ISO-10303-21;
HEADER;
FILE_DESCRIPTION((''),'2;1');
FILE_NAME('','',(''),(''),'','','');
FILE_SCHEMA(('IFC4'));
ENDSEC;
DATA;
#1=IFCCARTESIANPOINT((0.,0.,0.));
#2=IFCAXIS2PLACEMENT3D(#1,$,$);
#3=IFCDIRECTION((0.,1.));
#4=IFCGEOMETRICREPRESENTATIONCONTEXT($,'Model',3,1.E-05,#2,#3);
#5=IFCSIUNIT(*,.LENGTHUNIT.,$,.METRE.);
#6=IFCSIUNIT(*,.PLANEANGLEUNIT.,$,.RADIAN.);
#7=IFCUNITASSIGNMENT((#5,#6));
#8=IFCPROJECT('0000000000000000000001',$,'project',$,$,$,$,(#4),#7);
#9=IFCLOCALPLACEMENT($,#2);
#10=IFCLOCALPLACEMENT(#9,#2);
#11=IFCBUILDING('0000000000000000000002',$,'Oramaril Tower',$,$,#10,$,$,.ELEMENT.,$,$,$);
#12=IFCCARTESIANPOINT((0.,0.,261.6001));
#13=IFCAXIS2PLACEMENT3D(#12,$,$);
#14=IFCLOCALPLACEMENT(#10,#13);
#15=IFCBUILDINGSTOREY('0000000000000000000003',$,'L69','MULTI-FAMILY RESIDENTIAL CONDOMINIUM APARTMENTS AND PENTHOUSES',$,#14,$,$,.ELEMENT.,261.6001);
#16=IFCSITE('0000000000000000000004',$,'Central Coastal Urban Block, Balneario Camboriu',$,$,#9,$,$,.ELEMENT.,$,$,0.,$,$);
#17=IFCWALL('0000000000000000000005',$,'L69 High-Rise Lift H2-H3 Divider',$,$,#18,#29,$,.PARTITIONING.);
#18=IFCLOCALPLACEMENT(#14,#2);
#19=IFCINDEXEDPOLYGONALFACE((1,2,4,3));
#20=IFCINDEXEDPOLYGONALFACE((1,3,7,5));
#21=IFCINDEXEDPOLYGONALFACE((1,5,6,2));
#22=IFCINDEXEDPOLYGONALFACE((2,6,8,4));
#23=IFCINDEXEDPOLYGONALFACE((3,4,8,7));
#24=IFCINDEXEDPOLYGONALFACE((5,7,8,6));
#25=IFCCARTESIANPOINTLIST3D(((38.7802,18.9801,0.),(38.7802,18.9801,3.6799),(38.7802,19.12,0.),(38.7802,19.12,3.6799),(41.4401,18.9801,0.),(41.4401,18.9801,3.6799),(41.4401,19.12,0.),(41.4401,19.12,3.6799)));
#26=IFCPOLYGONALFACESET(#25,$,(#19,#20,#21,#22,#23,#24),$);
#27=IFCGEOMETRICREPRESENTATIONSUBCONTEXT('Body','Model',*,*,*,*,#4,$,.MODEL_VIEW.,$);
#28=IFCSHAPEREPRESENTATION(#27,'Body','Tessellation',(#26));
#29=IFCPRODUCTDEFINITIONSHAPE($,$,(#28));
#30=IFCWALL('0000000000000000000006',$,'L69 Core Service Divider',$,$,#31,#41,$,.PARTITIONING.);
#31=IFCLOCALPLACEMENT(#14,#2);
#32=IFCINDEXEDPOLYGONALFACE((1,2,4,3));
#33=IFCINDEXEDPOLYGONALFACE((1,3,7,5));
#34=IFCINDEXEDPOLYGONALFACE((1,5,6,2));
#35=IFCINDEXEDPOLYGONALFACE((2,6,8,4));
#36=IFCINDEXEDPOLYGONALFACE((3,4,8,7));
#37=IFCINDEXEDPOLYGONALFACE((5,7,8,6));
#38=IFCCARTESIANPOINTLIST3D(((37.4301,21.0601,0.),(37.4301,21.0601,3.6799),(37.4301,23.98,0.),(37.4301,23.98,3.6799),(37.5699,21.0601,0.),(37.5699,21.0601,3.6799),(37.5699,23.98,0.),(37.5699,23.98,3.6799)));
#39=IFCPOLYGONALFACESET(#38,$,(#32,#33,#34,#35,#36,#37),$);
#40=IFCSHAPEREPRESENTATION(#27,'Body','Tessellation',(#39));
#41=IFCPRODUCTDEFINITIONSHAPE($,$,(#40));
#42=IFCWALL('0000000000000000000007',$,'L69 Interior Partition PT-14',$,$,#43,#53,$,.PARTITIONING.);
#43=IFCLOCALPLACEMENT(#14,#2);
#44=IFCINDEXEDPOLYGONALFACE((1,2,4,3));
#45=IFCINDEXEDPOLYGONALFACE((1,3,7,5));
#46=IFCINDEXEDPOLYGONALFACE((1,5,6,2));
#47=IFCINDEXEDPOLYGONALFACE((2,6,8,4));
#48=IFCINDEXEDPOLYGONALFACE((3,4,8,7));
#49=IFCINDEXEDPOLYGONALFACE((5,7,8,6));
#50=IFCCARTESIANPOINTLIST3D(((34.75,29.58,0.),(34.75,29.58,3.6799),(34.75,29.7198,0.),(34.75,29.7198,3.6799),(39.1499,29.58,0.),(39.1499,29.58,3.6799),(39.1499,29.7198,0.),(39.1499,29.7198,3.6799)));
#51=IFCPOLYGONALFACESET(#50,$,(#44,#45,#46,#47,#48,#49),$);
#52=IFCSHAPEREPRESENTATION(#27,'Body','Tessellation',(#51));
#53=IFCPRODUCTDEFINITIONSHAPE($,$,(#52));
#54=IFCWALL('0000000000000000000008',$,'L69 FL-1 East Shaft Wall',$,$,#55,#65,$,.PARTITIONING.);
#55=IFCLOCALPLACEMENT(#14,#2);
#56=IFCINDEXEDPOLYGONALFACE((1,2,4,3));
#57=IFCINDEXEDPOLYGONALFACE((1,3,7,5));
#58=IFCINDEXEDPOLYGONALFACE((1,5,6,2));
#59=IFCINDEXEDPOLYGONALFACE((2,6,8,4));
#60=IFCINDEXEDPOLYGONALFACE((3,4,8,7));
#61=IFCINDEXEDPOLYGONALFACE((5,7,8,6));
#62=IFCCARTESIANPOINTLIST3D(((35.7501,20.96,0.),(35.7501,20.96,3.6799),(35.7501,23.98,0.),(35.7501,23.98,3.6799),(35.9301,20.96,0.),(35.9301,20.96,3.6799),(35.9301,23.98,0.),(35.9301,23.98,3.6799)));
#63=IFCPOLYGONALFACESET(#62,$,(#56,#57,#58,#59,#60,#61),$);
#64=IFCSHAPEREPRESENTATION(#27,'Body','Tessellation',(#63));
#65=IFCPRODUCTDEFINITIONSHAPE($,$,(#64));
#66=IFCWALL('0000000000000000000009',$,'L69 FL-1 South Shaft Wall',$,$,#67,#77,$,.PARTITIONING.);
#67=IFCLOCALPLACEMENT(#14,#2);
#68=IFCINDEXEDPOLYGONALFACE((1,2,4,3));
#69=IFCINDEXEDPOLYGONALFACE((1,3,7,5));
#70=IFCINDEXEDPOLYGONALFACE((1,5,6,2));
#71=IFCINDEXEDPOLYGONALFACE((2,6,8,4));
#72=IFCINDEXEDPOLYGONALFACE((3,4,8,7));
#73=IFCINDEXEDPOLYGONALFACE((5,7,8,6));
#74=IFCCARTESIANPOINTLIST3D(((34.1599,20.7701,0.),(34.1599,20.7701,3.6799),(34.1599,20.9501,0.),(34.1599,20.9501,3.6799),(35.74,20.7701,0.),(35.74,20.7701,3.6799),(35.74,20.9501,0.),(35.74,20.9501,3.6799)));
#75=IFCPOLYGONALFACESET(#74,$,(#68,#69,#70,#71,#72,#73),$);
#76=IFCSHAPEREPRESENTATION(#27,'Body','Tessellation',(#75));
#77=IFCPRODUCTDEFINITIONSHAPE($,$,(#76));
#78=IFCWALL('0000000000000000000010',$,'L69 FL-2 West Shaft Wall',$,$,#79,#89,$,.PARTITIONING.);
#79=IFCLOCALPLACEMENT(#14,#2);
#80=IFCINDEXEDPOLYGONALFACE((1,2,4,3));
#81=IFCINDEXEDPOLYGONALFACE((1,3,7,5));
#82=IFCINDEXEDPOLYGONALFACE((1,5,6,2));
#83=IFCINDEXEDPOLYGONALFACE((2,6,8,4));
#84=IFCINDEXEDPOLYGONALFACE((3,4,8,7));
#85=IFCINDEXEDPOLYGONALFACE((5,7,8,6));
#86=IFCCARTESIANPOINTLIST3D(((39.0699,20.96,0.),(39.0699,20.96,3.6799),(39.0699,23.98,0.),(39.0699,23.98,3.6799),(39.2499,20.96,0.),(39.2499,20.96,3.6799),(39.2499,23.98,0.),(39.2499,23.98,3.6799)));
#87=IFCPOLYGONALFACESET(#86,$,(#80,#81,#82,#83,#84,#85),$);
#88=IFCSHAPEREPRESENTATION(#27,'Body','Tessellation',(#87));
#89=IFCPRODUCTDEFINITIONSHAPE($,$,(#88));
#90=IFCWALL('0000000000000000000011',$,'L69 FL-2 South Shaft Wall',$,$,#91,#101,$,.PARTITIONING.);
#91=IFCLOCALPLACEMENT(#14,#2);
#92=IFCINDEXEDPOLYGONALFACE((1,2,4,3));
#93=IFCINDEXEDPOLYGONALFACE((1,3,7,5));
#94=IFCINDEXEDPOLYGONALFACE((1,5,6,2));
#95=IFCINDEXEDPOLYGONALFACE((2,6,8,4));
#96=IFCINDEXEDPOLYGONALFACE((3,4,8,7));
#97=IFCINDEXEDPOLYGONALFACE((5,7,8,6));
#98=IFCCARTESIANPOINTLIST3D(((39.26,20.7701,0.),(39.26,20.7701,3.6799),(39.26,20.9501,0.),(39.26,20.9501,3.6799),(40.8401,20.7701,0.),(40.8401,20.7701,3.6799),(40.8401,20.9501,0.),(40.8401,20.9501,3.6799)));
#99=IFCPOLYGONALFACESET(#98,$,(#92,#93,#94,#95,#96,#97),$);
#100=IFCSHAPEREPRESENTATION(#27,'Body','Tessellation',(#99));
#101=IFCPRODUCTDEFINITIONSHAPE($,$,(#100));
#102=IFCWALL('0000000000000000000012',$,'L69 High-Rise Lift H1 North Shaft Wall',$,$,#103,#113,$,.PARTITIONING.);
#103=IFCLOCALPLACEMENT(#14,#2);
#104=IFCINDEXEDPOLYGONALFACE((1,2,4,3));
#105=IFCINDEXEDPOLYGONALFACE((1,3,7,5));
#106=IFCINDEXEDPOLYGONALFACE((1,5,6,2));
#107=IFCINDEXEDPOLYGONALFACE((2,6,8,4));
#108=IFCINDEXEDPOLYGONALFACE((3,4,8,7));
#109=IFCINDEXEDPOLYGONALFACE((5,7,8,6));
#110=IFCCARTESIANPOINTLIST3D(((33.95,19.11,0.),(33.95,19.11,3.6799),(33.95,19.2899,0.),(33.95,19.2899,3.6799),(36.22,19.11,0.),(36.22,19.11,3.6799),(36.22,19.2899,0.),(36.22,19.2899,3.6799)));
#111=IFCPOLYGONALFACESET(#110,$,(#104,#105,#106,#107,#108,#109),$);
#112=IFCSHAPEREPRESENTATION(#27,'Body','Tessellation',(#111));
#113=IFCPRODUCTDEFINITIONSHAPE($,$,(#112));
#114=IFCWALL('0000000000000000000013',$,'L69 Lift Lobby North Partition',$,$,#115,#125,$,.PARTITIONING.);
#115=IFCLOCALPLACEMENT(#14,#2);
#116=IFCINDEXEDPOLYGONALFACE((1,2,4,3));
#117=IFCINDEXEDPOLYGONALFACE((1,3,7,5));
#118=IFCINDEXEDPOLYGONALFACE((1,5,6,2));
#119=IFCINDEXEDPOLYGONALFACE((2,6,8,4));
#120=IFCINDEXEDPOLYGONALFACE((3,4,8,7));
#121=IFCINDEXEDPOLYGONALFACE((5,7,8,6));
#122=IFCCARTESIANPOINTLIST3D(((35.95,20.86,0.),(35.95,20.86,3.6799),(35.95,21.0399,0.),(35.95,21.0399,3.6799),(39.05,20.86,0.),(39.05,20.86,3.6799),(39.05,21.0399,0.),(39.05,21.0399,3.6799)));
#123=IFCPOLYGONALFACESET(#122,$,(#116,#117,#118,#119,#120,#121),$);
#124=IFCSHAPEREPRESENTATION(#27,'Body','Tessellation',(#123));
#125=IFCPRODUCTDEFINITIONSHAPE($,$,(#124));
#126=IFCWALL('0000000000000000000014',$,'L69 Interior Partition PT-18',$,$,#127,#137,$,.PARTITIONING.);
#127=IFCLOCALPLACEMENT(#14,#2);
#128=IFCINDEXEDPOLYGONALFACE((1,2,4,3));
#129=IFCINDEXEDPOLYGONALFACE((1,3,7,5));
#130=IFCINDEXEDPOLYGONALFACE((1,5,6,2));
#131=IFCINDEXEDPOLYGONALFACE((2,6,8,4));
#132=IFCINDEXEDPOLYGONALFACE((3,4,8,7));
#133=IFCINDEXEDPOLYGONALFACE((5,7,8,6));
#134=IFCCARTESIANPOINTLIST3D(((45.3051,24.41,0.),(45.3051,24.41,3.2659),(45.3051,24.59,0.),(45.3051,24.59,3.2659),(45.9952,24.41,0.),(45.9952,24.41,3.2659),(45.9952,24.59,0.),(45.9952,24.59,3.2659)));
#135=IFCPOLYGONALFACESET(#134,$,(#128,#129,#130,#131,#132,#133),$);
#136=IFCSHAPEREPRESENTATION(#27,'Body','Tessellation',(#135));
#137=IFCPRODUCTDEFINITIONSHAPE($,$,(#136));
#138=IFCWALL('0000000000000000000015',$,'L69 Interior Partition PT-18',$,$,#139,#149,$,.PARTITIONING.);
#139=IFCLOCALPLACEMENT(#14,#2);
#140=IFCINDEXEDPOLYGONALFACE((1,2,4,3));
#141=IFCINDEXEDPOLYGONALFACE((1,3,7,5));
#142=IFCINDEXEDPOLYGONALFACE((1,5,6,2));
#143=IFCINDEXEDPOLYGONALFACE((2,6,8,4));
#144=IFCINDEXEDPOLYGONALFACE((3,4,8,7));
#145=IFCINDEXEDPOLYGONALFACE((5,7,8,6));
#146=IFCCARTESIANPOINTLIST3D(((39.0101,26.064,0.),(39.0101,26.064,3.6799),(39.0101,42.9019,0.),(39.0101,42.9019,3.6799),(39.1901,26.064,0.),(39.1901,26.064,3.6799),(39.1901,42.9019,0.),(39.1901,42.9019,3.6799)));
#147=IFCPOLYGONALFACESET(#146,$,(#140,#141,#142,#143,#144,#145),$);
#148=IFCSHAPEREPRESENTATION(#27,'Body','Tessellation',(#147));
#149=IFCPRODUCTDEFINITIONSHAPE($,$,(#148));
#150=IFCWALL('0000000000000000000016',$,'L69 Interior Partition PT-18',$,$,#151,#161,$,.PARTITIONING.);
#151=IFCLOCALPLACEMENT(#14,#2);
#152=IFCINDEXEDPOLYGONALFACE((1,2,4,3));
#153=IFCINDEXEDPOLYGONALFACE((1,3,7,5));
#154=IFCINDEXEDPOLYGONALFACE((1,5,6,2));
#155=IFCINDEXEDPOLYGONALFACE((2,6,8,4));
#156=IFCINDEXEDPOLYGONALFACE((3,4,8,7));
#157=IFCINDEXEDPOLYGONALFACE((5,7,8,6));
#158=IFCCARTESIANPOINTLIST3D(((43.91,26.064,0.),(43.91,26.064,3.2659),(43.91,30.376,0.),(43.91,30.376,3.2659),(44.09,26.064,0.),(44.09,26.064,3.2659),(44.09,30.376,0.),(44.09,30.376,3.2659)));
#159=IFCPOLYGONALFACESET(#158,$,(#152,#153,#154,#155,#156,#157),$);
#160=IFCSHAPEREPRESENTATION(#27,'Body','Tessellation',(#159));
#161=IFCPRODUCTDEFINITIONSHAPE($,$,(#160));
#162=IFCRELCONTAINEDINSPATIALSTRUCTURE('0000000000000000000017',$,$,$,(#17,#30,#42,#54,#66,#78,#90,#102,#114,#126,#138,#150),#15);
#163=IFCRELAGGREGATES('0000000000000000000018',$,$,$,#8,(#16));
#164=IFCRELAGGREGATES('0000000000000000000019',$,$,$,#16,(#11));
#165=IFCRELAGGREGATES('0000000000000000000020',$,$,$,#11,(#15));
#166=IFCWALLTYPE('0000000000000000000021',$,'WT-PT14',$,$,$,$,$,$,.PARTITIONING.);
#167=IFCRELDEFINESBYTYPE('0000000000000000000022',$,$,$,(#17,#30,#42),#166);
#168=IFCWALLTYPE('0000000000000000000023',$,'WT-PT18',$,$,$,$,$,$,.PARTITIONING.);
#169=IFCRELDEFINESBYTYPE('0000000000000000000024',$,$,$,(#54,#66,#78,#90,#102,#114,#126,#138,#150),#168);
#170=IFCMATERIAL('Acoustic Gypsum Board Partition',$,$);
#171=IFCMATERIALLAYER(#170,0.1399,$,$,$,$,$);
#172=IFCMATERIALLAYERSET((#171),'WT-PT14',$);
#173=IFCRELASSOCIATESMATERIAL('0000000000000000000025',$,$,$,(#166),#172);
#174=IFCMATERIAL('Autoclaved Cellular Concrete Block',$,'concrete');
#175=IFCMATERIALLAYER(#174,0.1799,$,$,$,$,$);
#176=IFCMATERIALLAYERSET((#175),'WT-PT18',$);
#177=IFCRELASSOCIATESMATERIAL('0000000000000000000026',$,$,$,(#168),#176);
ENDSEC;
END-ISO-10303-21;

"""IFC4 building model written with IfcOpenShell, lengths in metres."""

from ifc_helpers import new_model, si_unit, direction, frame, frame_2d, origin, place, context, subcontext, project, spatial, rectangle, extrude, material, layer, layer_set, type_object, element, save


model = new_model("IFC4")

# Units and contexts
model_context = context("Model", 3, precision=1e-05, world=origin(), true_north=direction((0.0, 1.0)))
body_context = subcontext(model_context, "Body", "Model", "MODEL_VIEW")
ifc_project = project(units=[si_unit("LENGTHUNIT", "METRE"), si_unit("PLANEANGLEUNIT", "RADIAN")], contexts=[model_context])

# Site, building, storey
site_placement = place(None, origin())
site = spatial("IfcSite", under=ifc_project, at=site_placement, Name="Central Coastal Urban Block, Balneario Camboriu", CompositionType="ELEMENT", RefElevation=0.0)
building_placement = place(site_placement, origin())
building = spatial("IfcBuilding", under=site, at=building_placement, Name="Oramaril Tower", CompositionType="ELEMENT")
storey_placement = place(building_placement, frame((0.0, 0.0, 261.6001)))
storey = spatial("IfcBuildingStorey", under=building, at=storey_placement, Name="L69", Description="MULTI-FAMILY RESIDENTIAL CONDOMINIUM APARTMENTS AND PENTHOUSES", CompositionType="ELEMENT", Elevation=261.6001)

# Walls
ifc_material_1 = material(Name="Acoustic Gypsum Board Partition")
ifc_layer_1 = layer(ifc_material_1, 0.1399)
ifc_layer_set_1 = layer_set([ifc_layer_1], Name="WT-PT14")
wall_type_1 = type_object("IfcWallType", Name="WT-PT14", PredefinedType="PARTITIONING", material=ifc_layer_set_1)
wall_1_placement = place(storey_placement, frame((38.78, 19.05, 0.0), z_axis=(0.0, 0.0, 1.0), x_axis=(1.0, 0.0, 0.0)))
element("IfcWall", 1, at=wall_1_placement, inside=storey, type_object=wall_type_1, Name="L69 High-Rise Lift H2-H3 Divider", PredefinedType="PARTITIONING", context=body_context, shape_type="SweptSolid", body=[
    extrude(rectangle(XDim=2.6599, YDim=0.1399, at=frame_2d((1.3301, 0.0))), origin(), (0.0, 0.0, 1.0), 3.6799),
])
wall_2_placement = place(storey_placement, frame((37.5, 21.0601, 0.0), z_axis=(0.0, 0.0, 1.0), x_axis=(0.0, 1.0, 0.0)))
element("IfcWall", 2, at=wall_2_placement, inside=storey, type_object=wall_type_1, Name="L69 Core Service Divider", PredefinedType="PARTITIONING", context=body_context, shape_type="SweptSolid", body=[
    extrude(rectangle(XDim=2.9199, YDim=0.1399, at=frame_2d((1.46, 0.0))), origin(), (0.0, 0.0, 1.0), 3.6799),
])
wall_3_placement = place(storey_placement, frame((34.75, 29.6499, 0.0), z_axis=(0.0, 0.0, 1.0), x_axis=(1.0, 0.0, 0.0)))
element("IfcWall", 3, at=wall_3_placement, inside=storey, type_object=wall_type_1, Name="L69 Interior Partition PT-14", PredefinedType="PARTITIONING", context=body_context, shape_type="SweptSolid", body=[
    extrude(rectangle(XDim=4.3999, YDim=0.1399, at=frame_2d((2.2, 0.0))), origin(), (0.0, 0.0, 1.0), 3.6799),
])

# Walls
ifc_material_2 = material(Name="Autoclaved Cellular Concrete Block", Category="concrete")
ifc_layer_2 = layer(ifc_material_2, 0.1799)
ifc_layer_set_2 = layer_set([ifc_layer_2], Name="WT-PT18")
wall_type_2 = type_object("IfcWallType", Name="WT-PT18", PredefinedType="PARTITIONING", material=ifc_layer_set_2)
wall_4_placement = place(storey_placement, frame((35.8401, 20.96, 0.0), z_axis=(0.0, 0.0, 1.0), x_axis=(0.0, 1.0, 0.0)))
element("IfcWall", 4, at=wall_4_placement, inside=storey, type_object=wall_type_2, Name="L69 FL-1 East Shaft Wall", PredefinedType="PARTITIONING", context=body_context, shape_type="SweptSolid", body=[
    extrude(rectangle(XDim=3.02, YDim=0.1799, at=frame_2d((1.51, 0.0))), origin(), (0.0, 0.0, 1.0), 3.6799),
])
wall_5_placement = place(storey_placement, frame((34.1599, 20.8601, 0.0), z_axis=(0.0, 0.0, 1.0), x_axis=(1.0, 0.0, 0.0)))
element("IfcWall", 5, at=wall_5_placement, inside=storey, type_object=wall_type_2, Name="L69 FL-1 South Shaft Wall", PredefinedType="PARTITIONING", context=body_context, shape_type="SweptSolid", body=[
    extrude(rectangle(XDim=1.5801, YDim=0.1799, at=frame_2d((0.79, 0.0))), origin(), (0.0, 0.0, 1.0), 3.6799),
])
wall_6_placement = place(storey_placement, frame((39.1599, 20.96, 0.0), z_axis=(0.0, 0.0, 1.0), x_axis=(0.0, 1.0, 0.0)))
element("IfcWall", 6, at=wall_6_placement, inside=storey, type_object=wall_type_2, Name="L69 FL-2 West Shaft Wall", PredefinedType="PARTITIONING", context=body_context, shape_type="SweptSolid", body=[
    extrude(rectangle(XDim=3.02, YDim=0.1799, at=frame_2d((1.51, 0.0))), origin(), (0.0, 0.0, 1.0), 3.6799),
])
wall_7_placement = place(storey_placement, frame((39.26, 20.8601, 0.0), z_axis=(0.0, 0.0, 1.0), x_axis=(1.0, 0.0, 0.0)))
element("IfcWall", 7, at=wall_7_placement, inside=storey, type_object=wall_type_2, Name="L69 FL-2 South Shaft Wall", PredefinedType="PARTITIONING", context=body_context, shape_type="SweptSolid", body=[
    extrude(rectangle(XDim=1.5801, YDim=0.1799, at=frame_2d((0.79, 0.0))), origin(), (0.0, 0.0, 1.0), 3.6799),
])
wall_8_placement = place(storey_placement, frame((33.95, 19.2, 0.0), z_axis=(0.0, 0.0, 1.0), x_axis=(1.0, 0.0, 0.0)))
element("IfcWall", 8, at=wall_8_placement, inside=storey, type_object=wall_type_2, Name="L69 High-Rise Lift H1 North Shaft Wall", PredefinedType="PARTITIONING", context=body_context, shape_type="SweptSolid", body=[
    extrude(rectangle(XDim=2.27, YDim=0.1799, at=frame_2d((1.135, 0.0))), origin(), (0.0, 0.0, 1.0), 3.6799),
])
wall_9_placement = place(storey_placement, frame((35.95, 20.95, 0.0), z_axis=(0.0, 0.0, 1.0), x_axis=(1.0, 0.0, 0.0)))
element("IfcWall", 9, at=wall_9_placement, inside=storey, type_object=wall_type_2, Name="L69 Lift Lobby North Partition", PredefinedType="PARTITIONING", context=body_context, shape_type="SweptSolid", body=[
    extrude(rectangle(XDim=3.1001, YDim=0.1799, at=frame_2d((1.55, 0.0))), origin(), (0.0, 0.0, 1.0), 3.6799),
])
wall_10_placement = place(storey_placement, frame((45.3049, 24.5, 0.0), z_axis=(0.0, 0.0, 1.0), x_axis=(1.0, 0.0, 0.0)))
element("IfcWall", 10, at=wall_10_placement, inside=storey, type_object=wall_type_2, Name="L69 Interior Partition PT-18", PredefinedType="PARTITIONING", context=body_context, shape_type="SweptSolid", body=[
    extrude(rectangle(XDim=0.6902, YDim=0.1799, at=frame_2d((0.3452, 0.0))), origin(), (0.0, 0.0, 1.0), 3.2659),
])
wall_11_placement = place(storey_placement, frame((39.1001, 26.064, 0.0), z_axis=(0.0, 0.0, 1.0), x_axis=(0.0, 1.0, 0.0)))
element("IfcWall", 11, at=wall_11_placement, inside=storey, type_object=wall_type_2, Name="L69 Interior Partition PT-18", PredefinedType="PARTITIONING", context=body_context, shape_type="SweptSolid", body=[
    extrude(rectangle(XDim=16.8379, YDim=0.1799, at=frame_2d((8.4189, 0.0))), origin(), (0.0, 0.0, 1.0), 3.6799),
])
wall_12_placement = place(storey_placement, frame((44.0, 26.064, 0.0), z_axis=(0.0, 0.0, 1.0), x_axis=(0.0, 1.0, 0.0)))
element("IfcWall", 12, at=wall_12_placement, inside=storey, type_object=wall_type_2, Name="L69 Interior Partition PT-18", PredefinedType="PARTITIONING", context=body_context, shape_type="SweptSolid", body=[
    extrude(rectangle(XDim=4.312, YDim=0.1799, at=frame_2d((2.156, 0.0))), origin(), (0.0, 0.0, 1.0), 3.2659),
])

save(model, "model.ifc")
